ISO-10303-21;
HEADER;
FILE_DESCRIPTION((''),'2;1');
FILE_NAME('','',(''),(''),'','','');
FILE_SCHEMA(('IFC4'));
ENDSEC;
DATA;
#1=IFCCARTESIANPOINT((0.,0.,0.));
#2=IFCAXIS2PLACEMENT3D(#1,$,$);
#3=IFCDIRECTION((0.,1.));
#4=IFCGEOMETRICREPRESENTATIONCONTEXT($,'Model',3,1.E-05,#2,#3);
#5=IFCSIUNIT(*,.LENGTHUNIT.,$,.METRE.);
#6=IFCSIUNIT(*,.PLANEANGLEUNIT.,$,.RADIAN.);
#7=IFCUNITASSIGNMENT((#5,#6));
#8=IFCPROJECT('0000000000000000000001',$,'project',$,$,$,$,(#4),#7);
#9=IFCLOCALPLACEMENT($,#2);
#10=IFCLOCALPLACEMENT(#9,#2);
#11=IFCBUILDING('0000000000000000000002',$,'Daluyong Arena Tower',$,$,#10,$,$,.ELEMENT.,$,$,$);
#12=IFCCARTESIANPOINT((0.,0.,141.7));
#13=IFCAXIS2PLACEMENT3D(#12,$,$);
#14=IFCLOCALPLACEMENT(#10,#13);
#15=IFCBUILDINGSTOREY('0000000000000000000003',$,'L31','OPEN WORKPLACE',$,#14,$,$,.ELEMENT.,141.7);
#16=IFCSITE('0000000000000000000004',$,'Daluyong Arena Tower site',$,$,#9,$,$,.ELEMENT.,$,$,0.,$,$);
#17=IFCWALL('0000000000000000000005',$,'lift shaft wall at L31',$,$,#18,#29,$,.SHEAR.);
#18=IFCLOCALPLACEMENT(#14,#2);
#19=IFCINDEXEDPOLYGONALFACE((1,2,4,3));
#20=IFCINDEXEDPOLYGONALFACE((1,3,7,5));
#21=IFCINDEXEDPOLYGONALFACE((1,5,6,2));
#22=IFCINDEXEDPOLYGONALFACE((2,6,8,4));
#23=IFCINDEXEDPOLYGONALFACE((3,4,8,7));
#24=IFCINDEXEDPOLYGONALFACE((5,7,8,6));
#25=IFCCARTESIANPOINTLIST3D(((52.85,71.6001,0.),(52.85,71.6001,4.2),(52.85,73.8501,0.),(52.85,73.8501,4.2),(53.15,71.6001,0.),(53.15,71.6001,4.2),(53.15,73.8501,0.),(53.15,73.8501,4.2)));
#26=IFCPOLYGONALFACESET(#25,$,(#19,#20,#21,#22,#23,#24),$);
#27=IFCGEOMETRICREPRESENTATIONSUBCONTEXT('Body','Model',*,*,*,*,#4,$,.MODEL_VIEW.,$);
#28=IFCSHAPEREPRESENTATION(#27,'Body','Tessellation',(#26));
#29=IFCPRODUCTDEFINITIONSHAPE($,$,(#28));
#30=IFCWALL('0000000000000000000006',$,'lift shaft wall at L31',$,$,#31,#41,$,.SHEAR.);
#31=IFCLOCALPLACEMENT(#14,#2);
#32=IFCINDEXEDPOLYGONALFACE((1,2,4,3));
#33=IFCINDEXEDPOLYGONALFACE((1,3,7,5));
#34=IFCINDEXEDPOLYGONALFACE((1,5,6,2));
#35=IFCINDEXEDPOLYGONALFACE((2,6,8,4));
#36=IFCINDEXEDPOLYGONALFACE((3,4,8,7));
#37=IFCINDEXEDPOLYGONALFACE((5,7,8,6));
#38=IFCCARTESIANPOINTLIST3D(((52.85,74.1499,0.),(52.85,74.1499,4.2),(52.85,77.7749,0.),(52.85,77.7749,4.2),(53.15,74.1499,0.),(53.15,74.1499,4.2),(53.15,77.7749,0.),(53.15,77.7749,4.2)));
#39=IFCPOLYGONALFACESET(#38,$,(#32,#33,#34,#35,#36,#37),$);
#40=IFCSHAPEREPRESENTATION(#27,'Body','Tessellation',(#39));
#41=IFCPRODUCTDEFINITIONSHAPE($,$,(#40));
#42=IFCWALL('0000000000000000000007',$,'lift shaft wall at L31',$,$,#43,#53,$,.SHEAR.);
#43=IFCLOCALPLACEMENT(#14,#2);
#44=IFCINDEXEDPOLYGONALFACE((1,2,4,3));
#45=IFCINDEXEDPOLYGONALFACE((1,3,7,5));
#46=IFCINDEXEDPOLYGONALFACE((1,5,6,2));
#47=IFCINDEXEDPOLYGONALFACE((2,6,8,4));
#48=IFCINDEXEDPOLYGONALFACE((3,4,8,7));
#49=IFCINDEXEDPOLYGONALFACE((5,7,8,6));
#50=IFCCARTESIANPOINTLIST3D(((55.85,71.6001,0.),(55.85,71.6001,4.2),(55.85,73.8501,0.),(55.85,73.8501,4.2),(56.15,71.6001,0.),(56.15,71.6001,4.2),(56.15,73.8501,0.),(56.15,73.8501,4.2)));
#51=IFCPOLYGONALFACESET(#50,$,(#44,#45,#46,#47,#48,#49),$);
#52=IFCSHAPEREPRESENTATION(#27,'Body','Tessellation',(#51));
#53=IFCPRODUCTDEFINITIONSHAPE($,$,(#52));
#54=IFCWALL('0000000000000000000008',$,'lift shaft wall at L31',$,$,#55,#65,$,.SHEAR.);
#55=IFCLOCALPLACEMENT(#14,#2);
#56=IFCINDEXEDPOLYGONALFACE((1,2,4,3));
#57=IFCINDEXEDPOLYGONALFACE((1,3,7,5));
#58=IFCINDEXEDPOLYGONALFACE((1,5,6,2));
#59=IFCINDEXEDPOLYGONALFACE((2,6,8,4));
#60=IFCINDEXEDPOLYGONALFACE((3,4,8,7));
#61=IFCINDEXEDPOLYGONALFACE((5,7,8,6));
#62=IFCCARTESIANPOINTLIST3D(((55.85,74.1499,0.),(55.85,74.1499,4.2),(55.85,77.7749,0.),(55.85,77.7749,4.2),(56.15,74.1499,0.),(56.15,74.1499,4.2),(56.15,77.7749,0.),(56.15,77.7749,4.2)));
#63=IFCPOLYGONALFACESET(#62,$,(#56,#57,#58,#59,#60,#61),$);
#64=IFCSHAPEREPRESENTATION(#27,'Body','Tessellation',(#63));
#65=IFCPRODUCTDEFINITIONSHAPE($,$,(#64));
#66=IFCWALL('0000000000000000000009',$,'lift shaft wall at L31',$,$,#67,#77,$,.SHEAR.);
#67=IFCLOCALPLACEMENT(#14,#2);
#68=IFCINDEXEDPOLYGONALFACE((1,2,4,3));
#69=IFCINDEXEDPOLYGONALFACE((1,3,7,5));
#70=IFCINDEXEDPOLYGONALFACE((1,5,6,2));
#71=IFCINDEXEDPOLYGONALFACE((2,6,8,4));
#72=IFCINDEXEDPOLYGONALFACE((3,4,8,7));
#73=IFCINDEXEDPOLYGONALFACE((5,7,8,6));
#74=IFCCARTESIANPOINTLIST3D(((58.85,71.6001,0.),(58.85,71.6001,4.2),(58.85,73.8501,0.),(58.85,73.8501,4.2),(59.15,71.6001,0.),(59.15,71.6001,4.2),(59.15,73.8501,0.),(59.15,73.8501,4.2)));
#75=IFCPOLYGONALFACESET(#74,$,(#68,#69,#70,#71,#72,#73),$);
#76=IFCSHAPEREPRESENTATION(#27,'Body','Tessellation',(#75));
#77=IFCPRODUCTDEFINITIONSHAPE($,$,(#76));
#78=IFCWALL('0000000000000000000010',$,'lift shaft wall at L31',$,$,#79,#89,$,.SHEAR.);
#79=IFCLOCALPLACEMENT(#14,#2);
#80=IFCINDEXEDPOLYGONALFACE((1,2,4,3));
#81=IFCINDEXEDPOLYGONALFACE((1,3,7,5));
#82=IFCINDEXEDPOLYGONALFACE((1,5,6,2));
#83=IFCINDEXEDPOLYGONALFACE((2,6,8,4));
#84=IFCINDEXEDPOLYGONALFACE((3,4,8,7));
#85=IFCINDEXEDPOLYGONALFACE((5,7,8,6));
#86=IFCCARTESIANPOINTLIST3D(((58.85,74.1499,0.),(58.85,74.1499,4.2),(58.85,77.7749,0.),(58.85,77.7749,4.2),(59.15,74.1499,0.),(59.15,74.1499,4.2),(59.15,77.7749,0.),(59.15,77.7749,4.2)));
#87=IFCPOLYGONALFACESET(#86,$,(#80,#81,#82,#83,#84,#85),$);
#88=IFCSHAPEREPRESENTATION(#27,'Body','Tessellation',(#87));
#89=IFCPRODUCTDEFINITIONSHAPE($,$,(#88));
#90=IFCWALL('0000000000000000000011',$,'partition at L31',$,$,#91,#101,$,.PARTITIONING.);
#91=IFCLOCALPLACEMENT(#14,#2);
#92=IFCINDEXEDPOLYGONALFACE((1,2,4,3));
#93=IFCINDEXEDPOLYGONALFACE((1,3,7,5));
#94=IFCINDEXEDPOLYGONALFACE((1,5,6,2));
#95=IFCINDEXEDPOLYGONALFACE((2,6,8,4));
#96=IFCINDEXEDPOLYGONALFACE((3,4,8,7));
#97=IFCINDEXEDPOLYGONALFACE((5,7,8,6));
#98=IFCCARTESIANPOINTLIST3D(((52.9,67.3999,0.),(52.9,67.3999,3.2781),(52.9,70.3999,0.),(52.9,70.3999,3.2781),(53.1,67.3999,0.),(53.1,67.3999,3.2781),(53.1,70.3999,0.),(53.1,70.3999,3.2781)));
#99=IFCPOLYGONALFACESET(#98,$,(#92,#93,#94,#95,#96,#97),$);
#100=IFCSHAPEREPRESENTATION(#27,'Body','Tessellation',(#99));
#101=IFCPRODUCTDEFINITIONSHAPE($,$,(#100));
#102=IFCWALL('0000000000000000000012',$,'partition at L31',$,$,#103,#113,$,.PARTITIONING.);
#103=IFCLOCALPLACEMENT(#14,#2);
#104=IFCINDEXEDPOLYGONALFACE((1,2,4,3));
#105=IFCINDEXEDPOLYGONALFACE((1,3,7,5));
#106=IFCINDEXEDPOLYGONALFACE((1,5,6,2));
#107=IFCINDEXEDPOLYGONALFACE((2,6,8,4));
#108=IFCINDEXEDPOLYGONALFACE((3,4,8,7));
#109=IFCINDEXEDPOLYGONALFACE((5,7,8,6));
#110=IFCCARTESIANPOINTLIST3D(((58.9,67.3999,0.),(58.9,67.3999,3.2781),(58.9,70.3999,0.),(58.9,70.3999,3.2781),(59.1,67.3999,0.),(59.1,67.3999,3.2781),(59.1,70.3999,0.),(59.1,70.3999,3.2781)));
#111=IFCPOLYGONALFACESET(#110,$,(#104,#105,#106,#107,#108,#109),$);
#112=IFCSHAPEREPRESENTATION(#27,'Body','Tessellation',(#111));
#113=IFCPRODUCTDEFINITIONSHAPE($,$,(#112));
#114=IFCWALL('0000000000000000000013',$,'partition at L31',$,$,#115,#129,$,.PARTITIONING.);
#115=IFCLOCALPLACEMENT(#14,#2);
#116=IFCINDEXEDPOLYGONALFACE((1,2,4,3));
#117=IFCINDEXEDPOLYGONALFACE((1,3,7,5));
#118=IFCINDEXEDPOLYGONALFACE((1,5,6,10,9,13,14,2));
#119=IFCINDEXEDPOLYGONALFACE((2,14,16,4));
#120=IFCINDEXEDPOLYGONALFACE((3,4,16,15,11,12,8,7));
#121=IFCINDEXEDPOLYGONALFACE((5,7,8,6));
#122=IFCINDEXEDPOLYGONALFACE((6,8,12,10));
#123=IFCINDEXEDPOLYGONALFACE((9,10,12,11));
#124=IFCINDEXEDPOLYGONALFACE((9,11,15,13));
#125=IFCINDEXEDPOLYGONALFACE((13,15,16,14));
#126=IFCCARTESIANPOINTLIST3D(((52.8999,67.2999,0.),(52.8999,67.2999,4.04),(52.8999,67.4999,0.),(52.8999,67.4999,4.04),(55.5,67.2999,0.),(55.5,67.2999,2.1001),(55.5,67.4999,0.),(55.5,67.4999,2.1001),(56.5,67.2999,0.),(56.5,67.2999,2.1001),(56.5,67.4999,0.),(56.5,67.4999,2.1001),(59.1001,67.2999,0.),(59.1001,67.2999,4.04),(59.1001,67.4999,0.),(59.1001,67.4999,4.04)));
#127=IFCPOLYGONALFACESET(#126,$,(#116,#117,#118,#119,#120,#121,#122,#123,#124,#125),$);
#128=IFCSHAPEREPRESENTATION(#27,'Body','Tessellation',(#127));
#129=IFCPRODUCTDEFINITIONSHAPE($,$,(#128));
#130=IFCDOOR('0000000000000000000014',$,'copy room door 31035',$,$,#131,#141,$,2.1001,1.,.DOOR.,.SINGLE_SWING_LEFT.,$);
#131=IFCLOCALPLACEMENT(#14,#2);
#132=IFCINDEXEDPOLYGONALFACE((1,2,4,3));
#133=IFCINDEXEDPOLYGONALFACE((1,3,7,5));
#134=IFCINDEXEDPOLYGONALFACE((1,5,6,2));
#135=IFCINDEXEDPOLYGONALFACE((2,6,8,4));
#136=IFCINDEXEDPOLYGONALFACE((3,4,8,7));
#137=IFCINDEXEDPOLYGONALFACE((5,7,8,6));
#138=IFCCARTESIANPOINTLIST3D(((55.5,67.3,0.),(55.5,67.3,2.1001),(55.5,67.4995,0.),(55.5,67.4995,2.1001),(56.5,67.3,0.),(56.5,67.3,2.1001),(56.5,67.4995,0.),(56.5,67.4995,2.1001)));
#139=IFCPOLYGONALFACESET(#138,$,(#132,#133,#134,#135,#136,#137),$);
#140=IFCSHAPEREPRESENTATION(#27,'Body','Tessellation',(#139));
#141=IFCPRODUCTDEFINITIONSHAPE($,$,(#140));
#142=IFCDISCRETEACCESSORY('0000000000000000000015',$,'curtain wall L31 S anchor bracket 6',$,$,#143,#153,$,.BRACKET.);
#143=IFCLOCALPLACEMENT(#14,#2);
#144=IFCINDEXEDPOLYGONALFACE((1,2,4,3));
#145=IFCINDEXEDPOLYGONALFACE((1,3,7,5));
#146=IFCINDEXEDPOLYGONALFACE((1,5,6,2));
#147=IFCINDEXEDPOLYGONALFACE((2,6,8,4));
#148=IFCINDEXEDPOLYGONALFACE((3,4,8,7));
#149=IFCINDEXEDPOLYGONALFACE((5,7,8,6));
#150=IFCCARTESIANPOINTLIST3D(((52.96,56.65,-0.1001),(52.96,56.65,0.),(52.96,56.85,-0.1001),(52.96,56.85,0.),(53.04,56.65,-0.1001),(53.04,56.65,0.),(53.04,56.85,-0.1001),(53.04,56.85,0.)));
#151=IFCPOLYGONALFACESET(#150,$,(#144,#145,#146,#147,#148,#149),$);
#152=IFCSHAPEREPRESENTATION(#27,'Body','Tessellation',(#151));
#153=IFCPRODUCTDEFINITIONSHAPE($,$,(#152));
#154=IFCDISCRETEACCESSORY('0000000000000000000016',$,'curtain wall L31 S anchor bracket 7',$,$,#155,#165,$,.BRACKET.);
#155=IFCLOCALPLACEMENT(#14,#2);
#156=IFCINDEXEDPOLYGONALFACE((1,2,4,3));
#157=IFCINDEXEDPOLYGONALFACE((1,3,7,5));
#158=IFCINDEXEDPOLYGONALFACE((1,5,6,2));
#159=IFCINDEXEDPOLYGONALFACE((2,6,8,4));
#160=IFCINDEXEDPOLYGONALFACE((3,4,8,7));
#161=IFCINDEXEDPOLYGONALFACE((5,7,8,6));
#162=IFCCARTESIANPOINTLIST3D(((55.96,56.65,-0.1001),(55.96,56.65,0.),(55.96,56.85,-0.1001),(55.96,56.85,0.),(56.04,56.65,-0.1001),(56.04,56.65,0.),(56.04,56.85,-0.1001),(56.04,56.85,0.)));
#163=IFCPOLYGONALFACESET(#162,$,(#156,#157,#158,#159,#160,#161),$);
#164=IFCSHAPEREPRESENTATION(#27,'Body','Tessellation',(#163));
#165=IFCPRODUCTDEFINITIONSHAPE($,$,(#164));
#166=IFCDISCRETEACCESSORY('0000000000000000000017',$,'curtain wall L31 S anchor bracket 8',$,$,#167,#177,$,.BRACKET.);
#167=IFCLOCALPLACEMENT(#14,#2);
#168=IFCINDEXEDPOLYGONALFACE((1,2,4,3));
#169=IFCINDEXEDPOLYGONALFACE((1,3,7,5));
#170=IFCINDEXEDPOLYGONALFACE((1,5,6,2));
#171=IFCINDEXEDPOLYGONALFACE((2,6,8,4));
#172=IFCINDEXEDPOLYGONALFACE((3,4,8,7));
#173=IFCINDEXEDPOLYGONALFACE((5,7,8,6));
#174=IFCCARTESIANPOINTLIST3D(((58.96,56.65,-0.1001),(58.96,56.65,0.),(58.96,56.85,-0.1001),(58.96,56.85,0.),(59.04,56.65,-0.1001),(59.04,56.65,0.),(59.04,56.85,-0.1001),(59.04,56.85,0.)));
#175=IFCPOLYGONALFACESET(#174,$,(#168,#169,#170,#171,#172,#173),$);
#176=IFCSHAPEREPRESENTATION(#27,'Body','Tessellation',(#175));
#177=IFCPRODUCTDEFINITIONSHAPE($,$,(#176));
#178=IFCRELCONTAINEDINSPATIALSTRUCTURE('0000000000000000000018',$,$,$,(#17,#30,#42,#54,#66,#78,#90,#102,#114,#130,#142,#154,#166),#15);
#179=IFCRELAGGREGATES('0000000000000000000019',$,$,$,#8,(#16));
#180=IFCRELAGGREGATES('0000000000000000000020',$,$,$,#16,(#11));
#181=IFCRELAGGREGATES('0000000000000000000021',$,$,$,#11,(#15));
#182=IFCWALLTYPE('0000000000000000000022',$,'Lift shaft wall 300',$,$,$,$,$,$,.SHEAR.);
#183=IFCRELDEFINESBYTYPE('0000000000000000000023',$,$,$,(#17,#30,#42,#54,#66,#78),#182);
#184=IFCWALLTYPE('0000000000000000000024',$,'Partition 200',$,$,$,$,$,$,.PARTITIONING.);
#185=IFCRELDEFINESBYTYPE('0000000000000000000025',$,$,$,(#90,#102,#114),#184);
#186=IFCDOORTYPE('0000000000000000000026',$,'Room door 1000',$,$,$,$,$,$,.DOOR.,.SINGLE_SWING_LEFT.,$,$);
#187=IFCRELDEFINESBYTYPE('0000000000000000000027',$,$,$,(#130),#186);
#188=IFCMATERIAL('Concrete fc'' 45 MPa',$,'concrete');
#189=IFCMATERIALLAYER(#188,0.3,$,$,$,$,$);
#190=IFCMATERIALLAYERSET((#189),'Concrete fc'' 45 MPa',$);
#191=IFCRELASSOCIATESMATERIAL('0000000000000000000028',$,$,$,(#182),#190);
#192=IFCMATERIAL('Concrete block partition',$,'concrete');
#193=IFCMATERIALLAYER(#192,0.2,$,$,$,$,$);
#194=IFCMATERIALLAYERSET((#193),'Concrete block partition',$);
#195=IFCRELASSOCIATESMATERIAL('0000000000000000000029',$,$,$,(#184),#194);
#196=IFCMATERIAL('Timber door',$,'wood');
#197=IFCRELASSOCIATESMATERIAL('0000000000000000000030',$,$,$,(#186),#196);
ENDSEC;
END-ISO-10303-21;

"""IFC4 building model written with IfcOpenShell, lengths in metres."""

from ifc_helpers import new_model, si_unit, direction, frame, frame_2d, origin, origin_2d, place, context, subcontext, project, spatial, rectangle, extrude, material, layer, layer_set, type_object, element, fill, save


model = new_model("IFC4")

# Units and contexts
model_context = context("Model", 3, precision=1e-05, world=origin(), true_north=direction((0.0, 1.0)))
body_context = subcontext(model_context, "Body", "Model", "MODEL_VIEW")
ifc_project = project(units=[si_unit("LENGTHUNIT", "METRE"), si_unit("PLANEANGLEUNIT", "RADIAN")], contexts=[model_context])

# Site, building, storey
site_placement = place(None, origin())
site = spatial("IfcSite", under=ifc_project, at=site_placement, Name="Daluyong Arena Tower site", CompositionType="ELEMENT", RefElevation=0.0)
building_placement = place(site_placement, origin())
building = spatial("IfcBuilding", under=site, at=building_placement, Name="Daluyong Arena Tower", CompositionType="ELEMENT")
storey_placement = place(building_placement, frame((0.0, 0.0, 141.7)))
storey = spatial("IfcBuildingStorey", under=building, at=storey_placement, Name="L31", Description="OPEN WORKPLACE", CompositionType="ELEMENT", Elevation=141.7)

# Walls
ifc_material_1 = material(Name="Concrete fc' 45 MPa", Category="concrete")
ifc_layer_1 = layer(ifc_material_1, 0.3)
ifc_layer_set_1 = layer_set([ifc_layer_1], Name="Concrete fc' 45 MPa")
wall_type_1 = type_object("IfcWallType", Name="Lift shaft wall 300", PredefinedType="SHEAR", material=ifc_layer_set_1)
wall_1_placement = place(storey_placement, frame((53.0, 71.6001, 0.0), z_axis=(0.0, 0.0, 1.0), x_axis=(0.0, 1.0, 0.0)))
element("IfcWall", 1, at=wall_1_placement, inside=storey, type_object=wall_type_1, Name="lift shaft wall at L31", PredefinedType="SHEAR", context=body_context, shape_type="SweptSolid", body=[
    extrude(rectangle(XDim=2.25, YDim=0.3, at=frame_2d((1.125, 0.0))), origin(), (0.0, 0.0, 1.0), 4.2),
])
wall_2_placement = place(storey_placement, frame((53.0, 74.1499, 0.0), z_axis=(0.0, 0.0, 1.0), x_axis=(0.0, 1.0, 0.0)))
element("IfcWall", 2, at=wall_2_placement, inside=storey, type_object=wall_type_1, Name="lift shaft wall at L31", PredefinedType="SHEAR", context=body_context, shape_type="SweptSolid", body=[
    extrude(rectangle(XDim=3.625, YDim=0.3, at=frame_2d((1.8125, 0.0))), origin(), (0.0, 0.0, 1.0), 4.2),
])
wall_3_placement = place(storey_placement, frame((56.0, 71.6001, 0.0), z_axis=(0.0, 0.0, 1.0), x_axis=(0.0, 1.0, 0.0)))
element("IfcWall", 3, at=wall_3_placement, inside=storey, type_object=wall_type_1, Name="lift shaft wall at L31", PredefinedType="SHEAR", context=body_context, shape_type="SweptSolid", body=[
    extrude(rectangle(XDim=2.25, YDim=0.3, at=frame_2d((1.125, 0.0))), origin(), (0.0, 0.0, 1.0), 4.2),
])
wall_4_placement = place(storey_placement, frame((56.0, 74.1499, 0.0), z_axis=(0.0, 0.0, 1.0), x_axis=(0.0, 1.0, 0.0)))
element("IfcWall", 4, at=wall_4_placement, inside=storey, type_object=wall_type_1, Name="lift shaft wall at L31", PredefinedType="SHEAR", context=body_context, shape_type="SweptSolid", body=[
    extrude(rectangle(XDim=3.625, YDim=0.3, at=frame_2d((1.8125, 0.0))), origin(), (0.0, 0.0, 1.0), 4.2),
])
wall_5_placement = place(storey_placement, frame((59.0, 71.6001, 0.0), z_axis=(0.0, 0.0, 1.0), x_axis=(0.0, 1.0, 0.0)))
element("IfcWall", 5, at=wall_5_placement, inside=storey, type_object=wall_type_1, Name="lift shaft wall at L31", PredefinedType="SHEAR", context=body_context, shape_type="SweptSolid", body=[
    extrude(rectangle(XDim=2.25, YDim=0.3, at=frame_2d((1.125, 0.0))), origin(), (0.0, 0.0, 1.0), 4.2),
])
wall_6_placement = place(storey_placement, frame((59.0, 74.1499, 0.0), z_axis=(0.0, 0.0, 1.0), x_axis=(0.0, 1.0, 0.0)))
element("IfcWall", 6, at=wall_6_placement, inside=storey, type_object=wall_type_1, Name="lift shaft wall at L31", PredefinedType="SHEAR", context=body_context, shape_type="SweptSolid", body=[
    extrude(rectangle(XDim=3.625, YDim=0.3, at=frame_2d((1.8125, 0.0))), origin(), (0.0, 0.0, 1.0), 4.2),
])
ifc_material_2 = material(Name="Concrete block partition", Category="concrete")
ifc_layer_2 = layer(ifc_material_2, 0.2)
ifc_layer_set_2 = layer_set([ifc_layer_2], Name="Concrete block partition")
wall_type_2 = type_object("IfcWallType", Name="Partition 200", PredefinedType="PARTITIONING", material=ifc_layer_set_2)
for number, where, z_axis, x_axis, name in (
    (7, (53.0, 67.3999, 0.0), (0.0, 0.0, 1.0), (0.0, 1.0, 0.0), "partition at L31"),
    (8, (59.0, 67.3999, 0.0), (0.0, 0.0, 1.0), (0.0, 1.0, 0.0), "partition at L31"),
):
    element("IfcWall", number, at=place(storey_placement, frame(where, z_axis=z_axis, x_axis=x_axis)), inside=storey, type_object=wall_type_2, Name=name, PredefinedType="PARTITIONING", context=body_context, shape_type="SweptSolid", body=[
        extrude(rectangle(XDim=3.0, YDim=0.2, at=frame_2d((1.5, 0.0))), origin(), (0.0, 0.0, 1.0), 3.2781),
    ])

# Wall, opening, door
wall_7_placement = place(storey_placement, frame((52.8999, 67.3999, 0.0), z_axis=(0.0, 0.0, 1.0), x_axis=(1.0, 0.0, 0.0)))
wall_7 = element("IfcWall", 9, at=wall_7_placement, inside=storey, type_object=wall_type_2, Name="partition at L31", PredefinedType="PARTITIONING", context=body_context, shape_type="SweptSolid", body=[
    extrude(rectangle(XDim=6.2002, YDim=0.2, at=frame_2d((3.1001, 0.0))), origin(), (0.0, 0.0, 1.0), 4.04),
])
opening_placement = place(wall_7_placement, frame((2.6001, 0.0, 0.0)))
opening = element("IfcOpeningElement", 10, at=opening_placement, cuts=wall_7, PredefinedType="OPENING", context=body_context, shape_type="SweptSolid", body=[
    extrude(rectangle(XDim=1.0, YDim=2.1001, at=frame_2d((0.5, 1.05))), frame((0.0, 0.1099, 0.0), z_axis=(0.0, -1.0, 0.0), x_axis=(1.0, 0.0, 0.0)), (0.0, 0.0, 1.0), 0.22),
])
ifc_material_3 = material(Name="Timber door", Category="wood")
door_type = type_object("IfcDoorType", Name="Room door 1000", OperationType="SINGLE_SWING_LEFT", PredefinedType="DOOR", material=ifc_material_3)
door_placement = place(opening_placement, origin())
door = element("IfcDoor", 11, at=door_placement, inside=storey, type_object=door_type, Name="copy room door 31035", OperationType="SINGLE_SWING_LEFT", OverallHeight=2.1001, OverallWidth=1.0, PredefinedType="DOOR", context=body_context, shape_type="SweptSolid", body=[
    extrude(rectangle(XDim=1.0, YDim=2.1001, at=frame_2d((0.5, 1.05))), frame((0.0, 0.0996, 0.0), z_axis=(0.0, -1.0, 0.0), x_axis=(1.0, 0.0, 0.0)), (0.0, 0.0, 1.0), 0.1995),
])
fill(opening, door)

# Discrete accessories
for number, where, z_axis, x_axis, name in (
    (12, (53.0, 56.75, -0.1001), (0.0, 0.0, 1.0), (1.0, 0.0, 0.0), "curtain wall L31 S anchor bracket 6"),
    (13, (56.0, 56.75, -0.1001), (0.0, 0.0, 1.0), (1.0, 0.0, 0.0), "curtain wall L31 S anchor bracket 7"),
    (14, (59.0, 56.75, -0.1001), (0.0, 0.0, 1.0), (1.0, 0.0, 0.0), "curtain wall L31 S anchor bracket 8"),
):
    element("IfcDiscreteAccessory", number, at=place(storey_placement, frame(where, z_axis=z_axis, x_axis=x_axis)), inside=storey, Name=name, PredefinedType="BRACKET", context=body_context, shape_type="SweptSolid", body=[
        extrude(rectangle(XDim=0.0801, YDim=0.2, at=origin_2d()), origin(), (0.0, 0.0, 1.0), 0.1001),
    ])

save(model, "model.ifc")
